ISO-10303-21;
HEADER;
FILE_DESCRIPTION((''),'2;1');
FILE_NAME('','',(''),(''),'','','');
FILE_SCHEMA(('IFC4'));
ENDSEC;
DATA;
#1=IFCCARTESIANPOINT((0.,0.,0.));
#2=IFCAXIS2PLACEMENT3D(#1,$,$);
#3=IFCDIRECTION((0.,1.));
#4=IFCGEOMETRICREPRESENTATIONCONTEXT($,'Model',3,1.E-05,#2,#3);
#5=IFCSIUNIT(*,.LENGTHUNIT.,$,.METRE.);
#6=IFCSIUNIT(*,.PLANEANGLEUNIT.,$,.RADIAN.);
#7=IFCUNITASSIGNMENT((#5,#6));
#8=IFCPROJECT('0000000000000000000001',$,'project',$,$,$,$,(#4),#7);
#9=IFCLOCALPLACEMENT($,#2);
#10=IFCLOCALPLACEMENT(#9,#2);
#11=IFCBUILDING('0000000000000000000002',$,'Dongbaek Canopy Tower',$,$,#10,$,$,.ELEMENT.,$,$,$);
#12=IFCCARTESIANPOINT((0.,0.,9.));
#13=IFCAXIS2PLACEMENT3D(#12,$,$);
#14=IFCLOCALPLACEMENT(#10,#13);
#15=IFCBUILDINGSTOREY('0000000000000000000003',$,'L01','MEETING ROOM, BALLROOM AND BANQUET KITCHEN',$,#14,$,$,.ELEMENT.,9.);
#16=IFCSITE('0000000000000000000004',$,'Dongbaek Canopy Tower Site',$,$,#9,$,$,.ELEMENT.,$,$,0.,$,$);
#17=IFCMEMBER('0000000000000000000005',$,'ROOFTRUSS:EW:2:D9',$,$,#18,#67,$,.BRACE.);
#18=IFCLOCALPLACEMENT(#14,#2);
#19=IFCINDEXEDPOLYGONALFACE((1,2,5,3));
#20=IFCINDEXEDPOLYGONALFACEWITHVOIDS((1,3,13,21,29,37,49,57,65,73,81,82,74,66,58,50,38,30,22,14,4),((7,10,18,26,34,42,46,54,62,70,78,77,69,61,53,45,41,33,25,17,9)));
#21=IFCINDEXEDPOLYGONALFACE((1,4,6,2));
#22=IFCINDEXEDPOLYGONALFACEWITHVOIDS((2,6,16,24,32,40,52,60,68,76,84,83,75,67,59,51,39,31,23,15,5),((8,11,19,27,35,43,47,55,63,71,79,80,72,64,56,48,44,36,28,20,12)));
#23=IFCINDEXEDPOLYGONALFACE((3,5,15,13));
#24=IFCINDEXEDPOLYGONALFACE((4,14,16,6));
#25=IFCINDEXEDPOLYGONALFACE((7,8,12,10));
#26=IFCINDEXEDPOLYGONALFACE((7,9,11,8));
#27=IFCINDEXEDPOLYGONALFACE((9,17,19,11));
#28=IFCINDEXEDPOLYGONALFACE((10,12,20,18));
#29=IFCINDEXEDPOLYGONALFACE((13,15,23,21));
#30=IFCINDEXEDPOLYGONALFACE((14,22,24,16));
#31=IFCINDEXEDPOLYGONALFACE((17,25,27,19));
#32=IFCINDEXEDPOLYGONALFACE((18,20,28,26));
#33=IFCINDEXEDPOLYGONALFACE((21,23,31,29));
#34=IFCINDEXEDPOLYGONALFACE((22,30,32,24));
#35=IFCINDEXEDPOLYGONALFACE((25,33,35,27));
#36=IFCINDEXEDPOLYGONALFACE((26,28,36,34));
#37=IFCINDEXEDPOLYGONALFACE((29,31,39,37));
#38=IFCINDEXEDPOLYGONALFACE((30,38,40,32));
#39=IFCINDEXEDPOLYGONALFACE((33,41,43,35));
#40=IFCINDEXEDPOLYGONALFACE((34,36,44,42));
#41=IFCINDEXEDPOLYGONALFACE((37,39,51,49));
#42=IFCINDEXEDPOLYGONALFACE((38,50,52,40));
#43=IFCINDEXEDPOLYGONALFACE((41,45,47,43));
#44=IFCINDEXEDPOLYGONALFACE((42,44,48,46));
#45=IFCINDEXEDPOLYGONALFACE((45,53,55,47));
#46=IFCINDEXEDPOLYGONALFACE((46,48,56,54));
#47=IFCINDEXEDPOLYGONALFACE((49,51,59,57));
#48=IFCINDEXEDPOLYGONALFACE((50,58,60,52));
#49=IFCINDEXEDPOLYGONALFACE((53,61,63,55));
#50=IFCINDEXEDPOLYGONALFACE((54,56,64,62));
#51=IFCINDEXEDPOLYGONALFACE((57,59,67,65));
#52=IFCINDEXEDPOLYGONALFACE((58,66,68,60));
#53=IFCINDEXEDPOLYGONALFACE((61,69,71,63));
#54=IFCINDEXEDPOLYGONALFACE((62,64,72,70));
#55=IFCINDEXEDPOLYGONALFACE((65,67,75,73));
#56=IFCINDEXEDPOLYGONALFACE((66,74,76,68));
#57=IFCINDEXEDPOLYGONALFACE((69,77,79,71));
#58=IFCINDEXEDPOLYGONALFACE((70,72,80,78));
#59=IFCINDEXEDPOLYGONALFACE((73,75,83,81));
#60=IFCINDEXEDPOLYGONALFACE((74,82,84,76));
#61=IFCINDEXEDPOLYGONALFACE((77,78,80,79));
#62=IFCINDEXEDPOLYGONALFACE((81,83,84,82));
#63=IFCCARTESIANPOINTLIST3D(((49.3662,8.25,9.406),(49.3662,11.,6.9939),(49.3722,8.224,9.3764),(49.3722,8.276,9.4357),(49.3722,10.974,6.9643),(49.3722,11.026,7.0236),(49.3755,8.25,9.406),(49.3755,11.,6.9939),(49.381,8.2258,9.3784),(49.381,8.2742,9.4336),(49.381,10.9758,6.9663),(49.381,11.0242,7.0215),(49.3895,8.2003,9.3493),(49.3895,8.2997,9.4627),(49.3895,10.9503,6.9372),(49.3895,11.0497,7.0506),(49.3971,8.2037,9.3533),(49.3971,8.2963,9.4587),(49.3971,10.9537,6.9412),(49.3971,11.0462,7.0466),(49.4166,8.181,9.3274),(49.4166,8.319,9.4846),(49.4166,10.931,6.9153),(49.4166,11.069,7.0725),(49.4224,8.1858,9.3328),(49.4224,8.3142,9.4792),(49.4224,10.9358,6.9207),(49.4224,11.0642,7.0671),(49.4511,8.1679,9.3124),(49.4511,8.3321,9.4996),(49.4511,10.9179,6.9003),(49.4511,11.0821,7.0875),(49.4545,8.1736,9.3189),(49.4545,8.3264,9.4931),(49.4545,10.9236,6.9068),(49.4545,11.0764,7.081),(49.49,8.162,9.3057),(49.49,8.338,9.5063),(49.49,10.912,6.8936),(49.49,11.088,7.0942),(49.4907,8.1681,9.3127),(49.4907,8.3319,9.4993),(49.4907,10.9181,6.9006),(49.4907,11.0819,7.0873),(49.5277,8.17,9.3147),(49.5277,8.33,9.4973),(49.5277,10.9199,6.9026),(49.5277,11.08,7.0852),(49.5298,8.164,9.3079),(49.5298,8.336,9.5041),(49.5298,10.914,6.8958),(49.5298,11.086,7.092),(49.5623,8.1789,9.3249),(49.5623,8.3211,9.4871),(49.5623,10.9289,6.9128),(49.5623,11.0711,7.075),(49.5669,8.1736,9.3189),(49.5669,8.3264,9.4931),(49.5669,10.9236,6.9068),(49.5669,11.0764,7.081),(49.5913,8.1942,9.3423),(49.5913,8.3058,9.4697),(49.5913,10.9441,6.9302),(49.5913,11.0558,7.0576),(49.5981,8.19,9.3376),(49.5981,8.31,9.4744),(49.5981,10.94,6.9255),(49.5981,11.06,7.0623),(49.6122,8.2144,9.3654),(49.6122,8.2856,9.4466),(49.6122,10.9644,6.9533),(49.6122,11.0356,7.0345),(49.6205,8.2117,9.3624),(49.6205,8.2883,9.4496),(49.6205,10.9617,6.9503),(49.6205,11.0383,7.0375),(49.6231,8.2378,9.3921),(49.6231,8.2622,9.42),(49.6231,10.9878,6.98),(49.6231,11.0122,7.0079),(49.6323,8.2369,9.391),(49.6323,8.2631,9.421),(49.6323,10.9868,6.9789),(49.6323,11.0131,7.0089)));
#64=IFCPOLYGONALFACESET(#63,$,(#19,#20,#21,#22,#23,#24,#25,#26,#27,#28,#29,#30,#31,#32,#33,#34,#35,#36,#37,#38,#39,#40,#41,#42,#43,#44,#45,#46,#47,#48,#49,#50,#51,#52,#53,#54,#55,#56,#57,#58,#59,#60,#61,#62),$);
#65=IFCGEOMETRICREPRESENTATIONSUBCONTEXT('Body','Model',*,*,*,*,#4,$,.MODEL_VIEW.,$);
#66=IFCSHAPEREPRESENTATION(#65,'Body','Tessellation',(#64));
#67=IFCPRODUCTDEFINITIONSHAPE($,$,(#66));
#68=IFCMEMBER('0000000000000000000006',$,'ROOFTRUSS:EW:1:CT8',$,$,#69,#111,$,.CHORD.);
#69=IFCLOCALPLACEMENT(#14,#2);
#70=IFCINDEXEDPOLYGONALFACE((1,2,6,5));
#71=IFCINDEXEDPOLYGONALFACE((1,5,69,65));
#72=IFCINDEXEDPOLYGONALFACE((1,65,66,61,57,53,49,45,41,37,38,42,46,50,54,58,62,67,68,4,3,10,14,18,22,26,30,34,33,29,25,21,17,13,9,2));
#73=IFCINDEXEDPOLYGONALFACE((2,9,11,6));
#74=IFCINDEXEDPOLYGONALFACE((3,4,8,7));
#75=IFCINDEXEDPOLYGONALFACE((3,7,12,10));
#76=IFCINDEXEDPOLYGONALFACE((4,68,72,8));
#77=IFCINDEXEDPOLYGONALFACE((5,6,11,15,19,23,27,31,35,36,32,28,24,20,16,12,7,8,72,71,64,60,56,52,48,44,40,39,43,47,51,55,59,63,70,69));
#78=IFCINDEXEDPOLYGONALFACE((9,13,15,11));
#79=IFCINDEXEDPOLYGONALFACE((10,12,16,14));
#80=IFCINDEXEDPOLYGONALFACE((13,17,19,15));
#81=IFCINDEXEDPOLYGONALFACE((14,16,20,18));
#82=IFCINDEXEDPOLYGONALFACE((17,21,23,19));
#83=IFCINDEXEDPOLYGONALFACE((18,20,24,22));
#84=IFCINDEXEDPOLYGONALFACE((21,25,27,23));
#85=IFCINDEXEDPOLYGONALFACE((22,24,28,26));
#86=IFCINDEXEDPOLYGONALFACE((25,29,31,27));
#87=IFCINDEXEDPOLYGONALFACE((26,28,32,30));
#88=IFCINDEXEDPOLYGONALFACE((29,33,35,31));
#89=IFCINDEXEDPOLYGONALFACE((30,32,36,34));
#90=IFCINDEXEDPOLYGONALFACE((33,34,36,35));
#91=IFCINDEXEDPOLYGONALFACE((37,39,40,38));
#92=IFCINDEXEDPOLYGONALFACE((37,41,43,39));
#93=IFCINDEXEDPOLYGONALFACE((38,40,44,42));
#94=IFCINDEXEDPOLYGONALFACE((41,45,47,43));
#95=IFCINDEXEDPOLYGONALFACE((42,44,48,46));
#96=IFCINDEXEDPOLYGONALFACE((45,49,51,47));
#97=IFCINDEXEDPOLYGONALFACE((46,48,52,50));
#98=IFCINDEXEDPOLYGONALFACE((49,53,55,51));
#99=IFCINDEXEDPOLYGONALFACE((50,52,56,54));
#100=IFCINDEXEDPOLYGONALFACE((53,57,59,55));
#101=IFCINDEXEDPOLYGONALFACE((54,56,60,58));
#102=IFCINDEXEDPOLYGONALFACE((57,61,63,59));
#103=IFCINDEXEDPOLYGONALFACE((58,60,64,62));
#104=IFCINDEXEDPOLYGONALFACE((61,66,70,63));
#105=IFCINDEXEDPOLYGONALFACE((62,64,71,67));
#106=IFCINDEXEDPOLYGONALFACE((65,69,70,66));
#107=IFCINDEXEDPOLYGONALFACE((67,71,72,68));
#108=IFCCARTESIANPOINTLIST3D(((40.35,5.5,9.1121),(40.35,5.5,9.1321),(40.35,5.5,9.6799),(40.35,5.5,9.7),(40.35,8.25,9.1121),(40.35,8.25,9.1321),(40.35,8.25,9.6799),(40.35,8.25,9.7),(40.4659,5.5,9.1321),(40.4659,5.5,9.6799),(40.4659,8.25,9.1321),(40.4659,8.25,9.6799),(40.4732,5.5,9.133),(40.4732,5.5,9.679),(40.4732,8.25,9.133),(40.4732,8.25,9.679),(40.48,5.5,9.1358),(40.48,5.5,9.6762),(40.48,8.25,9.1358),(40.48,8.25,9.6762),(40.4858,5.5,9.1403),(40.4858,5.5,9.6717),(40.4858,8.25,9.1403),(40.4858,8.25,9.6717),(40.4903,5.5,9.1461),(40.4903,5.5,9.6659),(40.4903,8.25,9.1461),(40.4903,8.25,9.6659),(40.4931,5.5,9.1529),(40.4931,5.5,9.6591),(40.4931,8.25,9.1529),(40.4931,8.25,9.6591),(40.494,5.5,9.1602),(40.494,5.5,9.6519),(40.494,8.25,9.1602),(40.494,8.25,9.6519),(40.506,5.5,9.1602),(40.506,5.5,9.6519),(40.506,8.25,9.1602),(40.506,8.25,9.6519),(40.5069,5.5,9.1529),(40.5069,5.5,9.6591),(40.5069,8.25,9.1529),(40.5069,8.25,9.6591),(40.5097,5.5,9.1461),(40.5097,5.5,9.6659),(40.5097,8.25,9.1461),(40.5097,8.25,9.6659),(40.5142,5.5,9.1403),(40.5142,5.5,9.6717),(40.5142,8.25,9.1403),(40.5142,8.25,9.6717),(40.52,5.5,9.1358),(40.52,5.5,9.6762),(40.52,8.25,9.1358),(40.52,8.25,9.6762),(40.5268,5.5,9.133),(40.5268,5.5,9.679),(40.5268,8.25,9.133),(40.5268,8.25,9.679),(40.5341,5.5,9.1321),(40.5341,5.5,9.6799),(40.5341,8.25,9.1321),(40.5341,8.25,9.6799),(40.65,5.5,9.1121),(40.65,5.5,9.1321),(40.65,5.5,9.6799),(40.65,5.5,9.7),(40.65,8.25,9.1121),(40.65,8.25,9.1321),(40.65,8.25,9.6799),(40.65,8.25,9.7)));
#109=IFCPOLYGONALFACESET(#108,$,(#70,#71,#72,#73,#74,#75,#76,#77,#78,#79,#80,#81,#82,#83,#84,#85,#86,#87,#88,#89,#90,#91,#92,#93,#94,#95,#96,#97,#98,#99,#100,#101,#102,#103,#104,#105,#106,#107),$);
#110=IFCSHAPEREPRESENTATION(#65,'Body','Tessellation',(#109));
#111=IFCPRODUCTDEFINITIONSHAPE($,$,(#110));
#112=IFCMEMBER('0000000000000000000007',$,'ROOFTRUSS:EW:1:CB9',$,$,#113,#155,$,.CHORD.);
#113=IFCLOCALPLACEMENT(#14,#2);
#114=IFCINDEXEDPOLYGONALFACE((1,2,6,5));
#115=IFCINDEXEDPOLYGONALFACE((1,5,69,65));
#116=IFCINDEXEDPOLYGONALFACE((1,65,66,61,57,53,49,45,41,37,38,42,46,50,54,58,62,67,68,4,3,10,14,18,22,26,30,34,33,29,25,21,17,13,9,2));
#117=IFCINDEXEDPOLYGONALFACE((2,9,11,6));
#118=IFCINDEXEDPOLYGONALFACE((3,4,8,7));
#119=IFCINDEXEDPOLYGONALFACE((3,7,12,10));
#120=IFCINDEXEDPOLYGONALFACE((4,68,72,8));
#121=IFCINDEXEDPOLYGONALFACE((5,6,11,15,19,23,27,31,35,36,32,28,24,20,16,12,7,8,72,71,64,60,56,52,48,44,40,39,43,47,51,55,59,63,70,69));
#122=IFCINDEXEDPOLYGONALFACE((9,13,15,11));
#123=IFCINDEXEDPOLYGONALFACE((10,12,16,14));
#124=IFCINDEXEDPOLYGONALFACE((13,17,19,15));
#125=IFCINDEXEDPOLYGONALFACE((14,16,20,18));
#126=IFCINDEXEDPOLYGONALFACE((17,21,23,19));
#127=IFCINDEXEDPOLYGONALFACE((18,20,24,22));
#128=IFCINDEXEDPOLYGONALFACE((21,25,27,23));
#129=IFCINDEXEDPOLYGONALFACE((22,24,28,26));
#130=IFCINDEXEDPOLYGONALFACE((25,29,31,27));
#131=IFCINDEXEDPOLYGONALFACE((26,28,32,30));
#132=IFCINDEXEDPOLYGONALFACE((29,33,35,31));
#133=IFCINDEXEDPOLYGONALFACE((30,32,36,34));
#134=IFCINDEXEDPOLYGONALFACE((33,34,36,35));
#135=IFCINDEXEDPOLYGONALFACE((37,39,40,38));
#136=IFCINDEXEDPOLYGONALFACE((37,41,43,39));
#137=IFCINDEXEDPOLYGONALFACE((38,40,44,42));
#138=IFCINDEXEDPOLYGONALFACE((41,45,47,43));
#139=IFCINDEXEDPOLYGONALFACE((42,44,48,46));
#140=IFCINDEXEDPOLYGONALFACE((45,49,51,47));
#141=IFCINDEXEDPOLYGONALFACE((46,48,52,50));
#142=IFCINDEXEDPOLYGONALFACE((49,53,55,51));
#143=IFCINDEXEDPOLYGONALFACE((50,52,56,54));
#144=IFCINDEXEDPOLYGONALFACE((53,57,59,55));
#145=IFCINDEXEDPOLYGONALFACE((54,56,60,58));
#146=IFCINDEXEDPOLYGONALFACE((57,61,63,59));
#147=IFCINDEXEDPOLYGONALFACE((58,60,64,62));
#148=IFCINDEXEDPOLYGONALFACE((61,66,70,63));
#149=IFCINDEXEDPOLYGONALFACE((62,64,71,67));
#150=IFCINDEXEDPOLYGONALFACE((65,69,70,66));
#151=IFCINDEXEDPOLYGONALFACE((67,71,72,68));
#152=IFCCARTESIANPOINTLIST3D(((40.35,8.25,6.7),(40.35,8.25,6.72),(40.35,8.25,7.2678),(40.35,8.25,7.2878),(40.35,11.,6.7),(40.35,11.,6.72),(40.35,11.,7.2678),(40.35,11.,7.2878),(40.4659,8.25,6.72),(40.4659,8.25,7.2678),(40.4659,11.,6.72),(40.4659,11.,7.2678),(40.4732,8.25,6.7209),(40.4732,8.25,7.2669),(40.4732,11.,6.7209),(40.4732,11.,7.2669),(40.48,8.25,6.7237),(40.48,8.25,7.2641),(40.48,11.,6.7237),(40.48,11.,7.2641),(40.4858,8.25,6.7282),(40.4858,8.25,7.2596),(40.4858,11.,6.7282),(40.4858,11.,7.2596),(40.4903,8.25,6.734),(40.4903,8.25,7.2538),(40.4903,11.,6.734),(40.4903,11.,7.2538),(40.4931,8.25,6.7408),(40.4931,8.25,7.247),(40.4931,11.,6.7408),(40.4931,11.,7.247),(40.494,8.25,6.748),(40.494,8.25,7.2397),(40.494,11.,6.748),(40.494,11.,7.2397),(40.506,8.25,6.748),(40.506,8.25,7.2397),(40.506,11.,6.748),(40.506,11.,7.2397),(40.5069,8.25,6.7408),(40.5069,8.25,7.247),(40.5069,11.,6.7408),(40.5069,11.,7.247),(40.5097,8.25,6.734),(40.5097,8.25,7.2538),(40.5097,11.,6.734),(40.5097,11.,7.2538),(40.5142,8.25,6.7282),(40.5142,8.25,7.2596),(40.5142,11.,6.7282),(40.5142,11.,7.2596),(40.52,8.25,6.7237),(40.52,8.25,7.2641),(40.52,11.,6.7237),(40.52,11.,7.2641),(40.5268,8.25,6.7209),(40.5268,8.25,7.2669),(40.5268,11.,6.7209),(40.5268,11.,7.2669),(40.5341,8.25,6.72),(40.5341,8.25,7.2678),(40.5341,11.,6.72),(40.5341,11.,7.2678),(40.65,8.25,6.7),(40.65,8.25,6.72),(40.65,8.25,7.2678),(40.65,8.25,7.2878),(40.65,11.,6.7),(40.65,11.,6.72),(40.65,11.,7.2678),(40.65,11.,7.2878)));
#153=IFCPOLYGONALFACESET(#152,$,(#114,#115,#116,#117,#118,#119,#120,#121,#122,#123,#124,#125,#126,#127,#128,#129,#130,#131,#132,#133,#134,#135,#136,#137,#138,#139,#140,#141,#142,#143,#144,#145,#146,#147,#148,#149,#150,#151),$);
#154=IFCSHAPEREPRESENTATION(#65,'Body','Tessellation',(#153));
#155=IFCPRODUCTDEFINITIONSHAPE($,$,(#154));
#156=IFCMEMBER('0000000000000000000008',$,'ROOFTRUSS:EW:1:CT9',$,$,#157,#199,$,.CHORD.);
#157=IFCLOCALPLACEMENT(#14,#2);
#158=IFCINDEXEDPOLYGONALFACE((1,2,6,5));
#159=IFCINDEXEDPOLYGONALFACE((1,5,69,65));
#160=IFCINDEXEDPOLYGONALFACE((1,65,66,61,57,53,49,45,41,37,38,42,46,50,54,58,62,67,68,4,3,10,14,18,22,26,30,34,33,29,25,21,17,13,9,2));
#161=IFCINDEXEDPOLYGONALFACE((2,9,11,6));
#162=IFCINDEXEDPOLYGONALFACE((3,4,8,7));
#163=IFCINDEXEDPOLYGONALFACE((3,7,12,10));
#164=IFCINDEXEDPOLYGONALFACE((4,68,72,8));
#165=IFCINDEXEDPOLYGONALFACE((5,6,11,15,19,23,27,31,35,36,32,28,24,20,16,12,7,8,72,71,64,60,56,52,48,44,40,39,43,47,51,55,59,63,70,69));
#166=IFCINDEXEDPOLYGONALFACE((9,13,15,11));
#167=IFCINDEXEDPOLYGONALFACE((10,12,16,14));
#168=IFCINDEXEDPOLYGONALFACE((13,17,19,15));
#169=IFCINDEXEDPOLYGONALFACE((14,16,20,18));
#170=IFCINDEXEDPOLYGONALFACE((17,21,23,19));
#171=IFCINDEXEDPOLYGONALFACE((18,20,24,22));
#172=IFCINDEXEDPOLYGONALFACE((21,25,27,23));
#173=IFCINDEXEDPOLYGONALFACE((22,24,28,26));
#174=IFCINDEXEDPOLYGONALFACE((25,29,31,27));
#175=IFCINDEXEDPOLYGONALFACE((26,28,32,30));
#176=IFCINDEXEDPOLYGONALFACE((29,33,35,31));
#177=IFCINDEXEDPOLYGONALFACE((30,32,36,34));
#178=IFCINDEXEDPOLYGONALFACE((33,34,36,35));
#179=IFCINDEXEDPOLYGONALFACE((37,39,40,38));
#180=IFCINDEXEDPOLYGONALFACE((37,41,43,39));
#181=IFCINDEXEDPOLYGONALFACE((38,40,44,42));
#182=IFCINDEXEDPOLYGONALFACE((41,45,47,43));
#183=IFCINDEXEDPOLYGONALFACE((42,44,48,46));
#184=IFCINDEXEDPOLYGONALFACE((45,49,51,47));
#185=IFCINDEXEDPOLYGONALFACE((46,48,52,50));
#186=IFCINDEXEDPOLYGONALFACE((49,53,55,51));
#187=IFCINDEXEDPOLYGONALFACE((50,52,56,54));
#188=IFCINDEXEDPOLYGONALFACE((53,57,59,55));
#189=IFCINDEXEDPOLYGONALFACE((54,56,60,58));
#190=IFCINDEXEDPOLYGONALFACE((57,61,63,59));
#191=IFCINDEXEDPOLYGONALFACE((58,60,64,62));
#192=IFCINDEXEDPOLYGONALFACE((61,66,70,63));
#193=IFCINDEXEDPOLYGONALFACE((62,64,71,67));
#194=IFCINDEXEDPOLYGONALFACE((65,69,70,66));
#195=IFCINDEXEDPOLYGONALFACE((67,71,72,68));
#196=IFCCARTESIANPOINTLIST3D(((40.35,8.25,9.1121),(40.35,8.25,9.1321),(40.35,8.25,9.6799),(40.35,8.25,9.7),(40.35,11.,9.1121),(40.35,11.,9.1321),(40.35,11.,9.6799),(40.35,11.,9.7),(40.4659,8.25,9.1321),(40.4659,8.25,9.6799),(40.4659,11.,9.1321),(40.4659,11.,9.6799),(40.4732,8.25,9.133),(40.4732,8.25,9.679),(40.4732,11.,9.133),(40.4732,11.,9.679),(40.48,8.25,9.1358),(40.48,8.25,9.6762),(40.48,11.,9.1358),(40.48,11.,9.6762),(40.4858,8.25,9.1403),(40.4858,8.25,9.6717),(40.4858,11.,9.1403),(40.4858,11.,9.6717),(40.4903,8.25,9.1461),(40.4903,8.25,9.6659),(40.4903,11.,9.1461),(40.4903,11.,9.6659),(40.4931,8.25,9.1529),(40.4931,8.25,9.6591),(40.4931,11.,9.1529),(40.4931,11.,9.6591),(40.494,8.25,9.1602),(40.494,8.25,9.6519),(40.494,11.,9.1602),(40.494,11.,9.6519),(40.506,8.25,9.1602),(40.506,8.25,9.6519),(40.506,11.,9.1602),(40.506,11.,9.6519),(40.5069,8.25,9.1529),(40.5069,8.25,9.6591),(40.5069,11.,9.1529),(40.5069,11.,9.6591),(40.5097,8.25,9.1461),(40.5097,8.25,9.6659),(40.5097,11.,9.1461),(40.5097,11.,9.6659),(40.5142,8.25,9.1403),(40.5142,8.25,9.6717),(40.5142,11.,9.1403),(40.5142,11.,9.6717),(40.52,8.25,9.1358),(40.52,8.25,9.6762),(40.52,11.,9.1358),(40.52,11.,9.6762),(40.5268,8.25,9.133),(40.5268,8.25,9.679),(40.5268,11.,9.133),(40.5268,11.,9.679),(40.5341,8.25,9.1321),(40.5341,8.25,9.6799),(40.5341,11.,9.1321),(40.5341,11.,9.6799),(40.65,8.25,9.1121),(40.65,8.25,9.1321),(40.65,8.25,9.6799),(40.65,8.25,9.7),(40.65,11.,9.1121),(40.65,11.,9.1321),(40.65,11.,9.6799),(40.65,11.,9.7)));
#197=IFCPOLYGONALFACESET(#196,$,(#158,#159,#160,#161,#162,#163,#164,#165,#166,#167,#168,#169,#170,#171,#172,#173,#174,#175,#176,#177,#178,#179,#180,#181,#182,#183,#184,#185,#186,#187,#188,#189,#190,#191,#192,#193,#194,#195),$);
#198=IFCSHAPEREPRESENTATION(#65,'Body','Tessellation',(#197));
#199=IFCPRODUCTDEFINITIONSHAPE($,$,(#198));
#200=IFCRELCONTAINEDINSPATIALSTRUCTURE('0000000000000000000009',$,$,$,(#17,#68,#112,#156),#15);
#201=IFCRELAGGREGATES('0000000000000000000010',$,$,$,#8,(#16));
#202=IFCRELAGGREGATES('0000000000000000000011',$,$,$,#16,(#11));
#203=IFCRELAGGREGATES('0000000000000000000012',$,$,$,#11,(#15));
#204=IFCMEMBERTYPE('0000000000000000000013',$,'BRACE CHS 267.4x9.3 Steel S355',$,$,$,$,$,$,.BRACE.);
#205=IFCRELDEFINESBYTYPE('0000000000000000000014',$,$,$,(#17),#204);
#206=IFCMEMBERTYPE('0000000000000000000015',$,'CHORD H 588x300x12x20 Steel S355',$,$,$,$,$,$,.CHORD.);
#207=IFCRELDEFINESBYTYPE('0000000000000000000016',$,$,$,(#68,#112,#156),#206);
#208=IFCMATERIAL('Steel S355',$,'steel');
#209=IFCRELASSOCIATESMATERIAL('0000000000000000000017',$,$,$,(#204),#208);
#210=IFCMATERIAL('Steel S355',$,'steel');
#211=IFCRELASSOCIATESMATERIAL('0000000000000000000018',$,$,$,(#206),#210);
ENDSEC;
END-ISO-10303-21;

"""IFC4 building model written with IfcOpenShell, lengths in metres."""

from ifc_helpers import new_model, si_unit, direction, frame, origin, origin_2d, place, context, subcontext, project, spatial, hollow_circle, i_section, extrude, material, material_profile, profile_set, type_object, element, save


model = new_model("IFC4")

# Units and contexts
model_context = context("Model", 3, precision=1e-05, world=origin(), true_north=direction((0.0, 1.0)))
body_context = subcontext(model_context, "Body", "Model", "MODEL_VIEW")
ifc_project = project(units=[si_unit("LENGTHUNIT", "METRE"), si_unit("PLANEANGLEUNIT", "RADIAN")], contexts=[model_context])

# Site, building, storey
site_placement = place(None, origin())
site = spatial("IfcSite", under=ifc_project, at=site_placement, Name="Dongbaek Canopy Tower Site", CompositionType="ELEMENT", RefElevation=0.0)
building_placement = place(site_placement, origin())
building = spatial("IfcBuilding", under=site, at=building_placement, Name="Dongbaek Canopy Tower", CompositionType="ELEMENT")
storey_placement = place(building_placement, frame((0.0, 0.0, 9.0)))
storey = spatial("IfcBuildingStorey", under=building, at=storey_placement, Name="L01", Description="MEETING ROOM, BALLROOM AND BANQUET KITCHEN", CompositionType="ELEMENT", Elevation=9.0)

# Members
ifc_material_1 = material(Name="Steel S355", Category="steel")
ifc_material_profile_1 = material_profile(ifc_material_1, hollow_circle(Radius=0.1338, WallThickness=0.0093, at=origin_2d()), Name="BRACE CHS 267.4x9.3 Steel S355")
ifc_profile_set_1 = profile_set([ifc_material_profile_1], Name="Steel S355")
member_type_1 = type_object("IfcMemberType", Name="BRACE CHS 267.4x9.3 Steel S355", PredefinedType="BRACE", material=ifc_profile_set_1)
for number, where, z_axis, x_axis, name in (
    (1, (49.5, 8.25, 9.406), (0.0, 0.751782, -0.659411), (-1.0, 0.0, 0.0), "ROOFTRUSS:EW:2:D9"),
):
    element("IfcMember", number, at=place(storey_placement, frame(where, z_axis=z_axis, x_axis=x_axis)), inside=storey, type_object=member_type_1, Name=name, PredefinedType="BRACE", context=body_context, shape_type="SweptSolid", body=[
        extrude(hollow_circle(Radius=0.1338, WallThickness=0.0093, at=origin_2d()), origin(), (0.0, 0.0, 1.0), 3.658),
    ])
ifc_material_2 = material(Name="Steel S355", Category="steel")
ifc_material_profile_2 = material_profile(ifc_material_2, i_section(OverallWidth=0.3, OverallDepth=0.5879, WebThickness=0.012, FlangeThickness=0.02, FilletRadius=0.0281, at=origin_2d()), Name="CHORD H 588x300x12x20 Steel S355")
ifc_profile_set_2 = profile_set([ifc_material_profile_2], Name="Steel S355")
member_type_2 = type_object("IfcMemberType", Name="CHORD H 588x300x12x20 Steel S355", PredefinedType="CHORD", material=ifc_profile_set_2)
for number, where, z_axis, x_axis, name in (
    (2, (40.5, 5.5, 9.406), (0.0, 1.0, 0.0), (-1.0, 0.0, 0.0), "ROOFTRUSS:EW:1:CT8"),
    (3, (40.5, 8.25, 6.9939), (0.0, 1.0, 0.0), (-1.0, 0.0, 0.0), "ROOFTRUSS:EW:1:CB9"),
    (4, (40.5, 8.25, 9.406), (0.0, 1.0, 0.0), (-1.0, 0.0, 0.0), "ROOFTRUSS:EW:1:CT9"),
):
    element("IfcMember", number, at=place(storey_placement, frame(where, z_axis=z_axis, x_axis=x_axis)), inside=storey, type_object=member_type_2, Name=name, PredefinedType="CHORD", context=body_context, shape_type="SweptSolid", body=[
        extrude(i_section(OverallWidth=0.3, OverallDepth=0.5879, WebThickness=0.012, FlangeThickness=0.02, FilletRadius=0.0281, at=origin_2d()), origin(), (0.0, 0.0, 1.0), 2.75),
    ])

save(model, "model.ifc")
